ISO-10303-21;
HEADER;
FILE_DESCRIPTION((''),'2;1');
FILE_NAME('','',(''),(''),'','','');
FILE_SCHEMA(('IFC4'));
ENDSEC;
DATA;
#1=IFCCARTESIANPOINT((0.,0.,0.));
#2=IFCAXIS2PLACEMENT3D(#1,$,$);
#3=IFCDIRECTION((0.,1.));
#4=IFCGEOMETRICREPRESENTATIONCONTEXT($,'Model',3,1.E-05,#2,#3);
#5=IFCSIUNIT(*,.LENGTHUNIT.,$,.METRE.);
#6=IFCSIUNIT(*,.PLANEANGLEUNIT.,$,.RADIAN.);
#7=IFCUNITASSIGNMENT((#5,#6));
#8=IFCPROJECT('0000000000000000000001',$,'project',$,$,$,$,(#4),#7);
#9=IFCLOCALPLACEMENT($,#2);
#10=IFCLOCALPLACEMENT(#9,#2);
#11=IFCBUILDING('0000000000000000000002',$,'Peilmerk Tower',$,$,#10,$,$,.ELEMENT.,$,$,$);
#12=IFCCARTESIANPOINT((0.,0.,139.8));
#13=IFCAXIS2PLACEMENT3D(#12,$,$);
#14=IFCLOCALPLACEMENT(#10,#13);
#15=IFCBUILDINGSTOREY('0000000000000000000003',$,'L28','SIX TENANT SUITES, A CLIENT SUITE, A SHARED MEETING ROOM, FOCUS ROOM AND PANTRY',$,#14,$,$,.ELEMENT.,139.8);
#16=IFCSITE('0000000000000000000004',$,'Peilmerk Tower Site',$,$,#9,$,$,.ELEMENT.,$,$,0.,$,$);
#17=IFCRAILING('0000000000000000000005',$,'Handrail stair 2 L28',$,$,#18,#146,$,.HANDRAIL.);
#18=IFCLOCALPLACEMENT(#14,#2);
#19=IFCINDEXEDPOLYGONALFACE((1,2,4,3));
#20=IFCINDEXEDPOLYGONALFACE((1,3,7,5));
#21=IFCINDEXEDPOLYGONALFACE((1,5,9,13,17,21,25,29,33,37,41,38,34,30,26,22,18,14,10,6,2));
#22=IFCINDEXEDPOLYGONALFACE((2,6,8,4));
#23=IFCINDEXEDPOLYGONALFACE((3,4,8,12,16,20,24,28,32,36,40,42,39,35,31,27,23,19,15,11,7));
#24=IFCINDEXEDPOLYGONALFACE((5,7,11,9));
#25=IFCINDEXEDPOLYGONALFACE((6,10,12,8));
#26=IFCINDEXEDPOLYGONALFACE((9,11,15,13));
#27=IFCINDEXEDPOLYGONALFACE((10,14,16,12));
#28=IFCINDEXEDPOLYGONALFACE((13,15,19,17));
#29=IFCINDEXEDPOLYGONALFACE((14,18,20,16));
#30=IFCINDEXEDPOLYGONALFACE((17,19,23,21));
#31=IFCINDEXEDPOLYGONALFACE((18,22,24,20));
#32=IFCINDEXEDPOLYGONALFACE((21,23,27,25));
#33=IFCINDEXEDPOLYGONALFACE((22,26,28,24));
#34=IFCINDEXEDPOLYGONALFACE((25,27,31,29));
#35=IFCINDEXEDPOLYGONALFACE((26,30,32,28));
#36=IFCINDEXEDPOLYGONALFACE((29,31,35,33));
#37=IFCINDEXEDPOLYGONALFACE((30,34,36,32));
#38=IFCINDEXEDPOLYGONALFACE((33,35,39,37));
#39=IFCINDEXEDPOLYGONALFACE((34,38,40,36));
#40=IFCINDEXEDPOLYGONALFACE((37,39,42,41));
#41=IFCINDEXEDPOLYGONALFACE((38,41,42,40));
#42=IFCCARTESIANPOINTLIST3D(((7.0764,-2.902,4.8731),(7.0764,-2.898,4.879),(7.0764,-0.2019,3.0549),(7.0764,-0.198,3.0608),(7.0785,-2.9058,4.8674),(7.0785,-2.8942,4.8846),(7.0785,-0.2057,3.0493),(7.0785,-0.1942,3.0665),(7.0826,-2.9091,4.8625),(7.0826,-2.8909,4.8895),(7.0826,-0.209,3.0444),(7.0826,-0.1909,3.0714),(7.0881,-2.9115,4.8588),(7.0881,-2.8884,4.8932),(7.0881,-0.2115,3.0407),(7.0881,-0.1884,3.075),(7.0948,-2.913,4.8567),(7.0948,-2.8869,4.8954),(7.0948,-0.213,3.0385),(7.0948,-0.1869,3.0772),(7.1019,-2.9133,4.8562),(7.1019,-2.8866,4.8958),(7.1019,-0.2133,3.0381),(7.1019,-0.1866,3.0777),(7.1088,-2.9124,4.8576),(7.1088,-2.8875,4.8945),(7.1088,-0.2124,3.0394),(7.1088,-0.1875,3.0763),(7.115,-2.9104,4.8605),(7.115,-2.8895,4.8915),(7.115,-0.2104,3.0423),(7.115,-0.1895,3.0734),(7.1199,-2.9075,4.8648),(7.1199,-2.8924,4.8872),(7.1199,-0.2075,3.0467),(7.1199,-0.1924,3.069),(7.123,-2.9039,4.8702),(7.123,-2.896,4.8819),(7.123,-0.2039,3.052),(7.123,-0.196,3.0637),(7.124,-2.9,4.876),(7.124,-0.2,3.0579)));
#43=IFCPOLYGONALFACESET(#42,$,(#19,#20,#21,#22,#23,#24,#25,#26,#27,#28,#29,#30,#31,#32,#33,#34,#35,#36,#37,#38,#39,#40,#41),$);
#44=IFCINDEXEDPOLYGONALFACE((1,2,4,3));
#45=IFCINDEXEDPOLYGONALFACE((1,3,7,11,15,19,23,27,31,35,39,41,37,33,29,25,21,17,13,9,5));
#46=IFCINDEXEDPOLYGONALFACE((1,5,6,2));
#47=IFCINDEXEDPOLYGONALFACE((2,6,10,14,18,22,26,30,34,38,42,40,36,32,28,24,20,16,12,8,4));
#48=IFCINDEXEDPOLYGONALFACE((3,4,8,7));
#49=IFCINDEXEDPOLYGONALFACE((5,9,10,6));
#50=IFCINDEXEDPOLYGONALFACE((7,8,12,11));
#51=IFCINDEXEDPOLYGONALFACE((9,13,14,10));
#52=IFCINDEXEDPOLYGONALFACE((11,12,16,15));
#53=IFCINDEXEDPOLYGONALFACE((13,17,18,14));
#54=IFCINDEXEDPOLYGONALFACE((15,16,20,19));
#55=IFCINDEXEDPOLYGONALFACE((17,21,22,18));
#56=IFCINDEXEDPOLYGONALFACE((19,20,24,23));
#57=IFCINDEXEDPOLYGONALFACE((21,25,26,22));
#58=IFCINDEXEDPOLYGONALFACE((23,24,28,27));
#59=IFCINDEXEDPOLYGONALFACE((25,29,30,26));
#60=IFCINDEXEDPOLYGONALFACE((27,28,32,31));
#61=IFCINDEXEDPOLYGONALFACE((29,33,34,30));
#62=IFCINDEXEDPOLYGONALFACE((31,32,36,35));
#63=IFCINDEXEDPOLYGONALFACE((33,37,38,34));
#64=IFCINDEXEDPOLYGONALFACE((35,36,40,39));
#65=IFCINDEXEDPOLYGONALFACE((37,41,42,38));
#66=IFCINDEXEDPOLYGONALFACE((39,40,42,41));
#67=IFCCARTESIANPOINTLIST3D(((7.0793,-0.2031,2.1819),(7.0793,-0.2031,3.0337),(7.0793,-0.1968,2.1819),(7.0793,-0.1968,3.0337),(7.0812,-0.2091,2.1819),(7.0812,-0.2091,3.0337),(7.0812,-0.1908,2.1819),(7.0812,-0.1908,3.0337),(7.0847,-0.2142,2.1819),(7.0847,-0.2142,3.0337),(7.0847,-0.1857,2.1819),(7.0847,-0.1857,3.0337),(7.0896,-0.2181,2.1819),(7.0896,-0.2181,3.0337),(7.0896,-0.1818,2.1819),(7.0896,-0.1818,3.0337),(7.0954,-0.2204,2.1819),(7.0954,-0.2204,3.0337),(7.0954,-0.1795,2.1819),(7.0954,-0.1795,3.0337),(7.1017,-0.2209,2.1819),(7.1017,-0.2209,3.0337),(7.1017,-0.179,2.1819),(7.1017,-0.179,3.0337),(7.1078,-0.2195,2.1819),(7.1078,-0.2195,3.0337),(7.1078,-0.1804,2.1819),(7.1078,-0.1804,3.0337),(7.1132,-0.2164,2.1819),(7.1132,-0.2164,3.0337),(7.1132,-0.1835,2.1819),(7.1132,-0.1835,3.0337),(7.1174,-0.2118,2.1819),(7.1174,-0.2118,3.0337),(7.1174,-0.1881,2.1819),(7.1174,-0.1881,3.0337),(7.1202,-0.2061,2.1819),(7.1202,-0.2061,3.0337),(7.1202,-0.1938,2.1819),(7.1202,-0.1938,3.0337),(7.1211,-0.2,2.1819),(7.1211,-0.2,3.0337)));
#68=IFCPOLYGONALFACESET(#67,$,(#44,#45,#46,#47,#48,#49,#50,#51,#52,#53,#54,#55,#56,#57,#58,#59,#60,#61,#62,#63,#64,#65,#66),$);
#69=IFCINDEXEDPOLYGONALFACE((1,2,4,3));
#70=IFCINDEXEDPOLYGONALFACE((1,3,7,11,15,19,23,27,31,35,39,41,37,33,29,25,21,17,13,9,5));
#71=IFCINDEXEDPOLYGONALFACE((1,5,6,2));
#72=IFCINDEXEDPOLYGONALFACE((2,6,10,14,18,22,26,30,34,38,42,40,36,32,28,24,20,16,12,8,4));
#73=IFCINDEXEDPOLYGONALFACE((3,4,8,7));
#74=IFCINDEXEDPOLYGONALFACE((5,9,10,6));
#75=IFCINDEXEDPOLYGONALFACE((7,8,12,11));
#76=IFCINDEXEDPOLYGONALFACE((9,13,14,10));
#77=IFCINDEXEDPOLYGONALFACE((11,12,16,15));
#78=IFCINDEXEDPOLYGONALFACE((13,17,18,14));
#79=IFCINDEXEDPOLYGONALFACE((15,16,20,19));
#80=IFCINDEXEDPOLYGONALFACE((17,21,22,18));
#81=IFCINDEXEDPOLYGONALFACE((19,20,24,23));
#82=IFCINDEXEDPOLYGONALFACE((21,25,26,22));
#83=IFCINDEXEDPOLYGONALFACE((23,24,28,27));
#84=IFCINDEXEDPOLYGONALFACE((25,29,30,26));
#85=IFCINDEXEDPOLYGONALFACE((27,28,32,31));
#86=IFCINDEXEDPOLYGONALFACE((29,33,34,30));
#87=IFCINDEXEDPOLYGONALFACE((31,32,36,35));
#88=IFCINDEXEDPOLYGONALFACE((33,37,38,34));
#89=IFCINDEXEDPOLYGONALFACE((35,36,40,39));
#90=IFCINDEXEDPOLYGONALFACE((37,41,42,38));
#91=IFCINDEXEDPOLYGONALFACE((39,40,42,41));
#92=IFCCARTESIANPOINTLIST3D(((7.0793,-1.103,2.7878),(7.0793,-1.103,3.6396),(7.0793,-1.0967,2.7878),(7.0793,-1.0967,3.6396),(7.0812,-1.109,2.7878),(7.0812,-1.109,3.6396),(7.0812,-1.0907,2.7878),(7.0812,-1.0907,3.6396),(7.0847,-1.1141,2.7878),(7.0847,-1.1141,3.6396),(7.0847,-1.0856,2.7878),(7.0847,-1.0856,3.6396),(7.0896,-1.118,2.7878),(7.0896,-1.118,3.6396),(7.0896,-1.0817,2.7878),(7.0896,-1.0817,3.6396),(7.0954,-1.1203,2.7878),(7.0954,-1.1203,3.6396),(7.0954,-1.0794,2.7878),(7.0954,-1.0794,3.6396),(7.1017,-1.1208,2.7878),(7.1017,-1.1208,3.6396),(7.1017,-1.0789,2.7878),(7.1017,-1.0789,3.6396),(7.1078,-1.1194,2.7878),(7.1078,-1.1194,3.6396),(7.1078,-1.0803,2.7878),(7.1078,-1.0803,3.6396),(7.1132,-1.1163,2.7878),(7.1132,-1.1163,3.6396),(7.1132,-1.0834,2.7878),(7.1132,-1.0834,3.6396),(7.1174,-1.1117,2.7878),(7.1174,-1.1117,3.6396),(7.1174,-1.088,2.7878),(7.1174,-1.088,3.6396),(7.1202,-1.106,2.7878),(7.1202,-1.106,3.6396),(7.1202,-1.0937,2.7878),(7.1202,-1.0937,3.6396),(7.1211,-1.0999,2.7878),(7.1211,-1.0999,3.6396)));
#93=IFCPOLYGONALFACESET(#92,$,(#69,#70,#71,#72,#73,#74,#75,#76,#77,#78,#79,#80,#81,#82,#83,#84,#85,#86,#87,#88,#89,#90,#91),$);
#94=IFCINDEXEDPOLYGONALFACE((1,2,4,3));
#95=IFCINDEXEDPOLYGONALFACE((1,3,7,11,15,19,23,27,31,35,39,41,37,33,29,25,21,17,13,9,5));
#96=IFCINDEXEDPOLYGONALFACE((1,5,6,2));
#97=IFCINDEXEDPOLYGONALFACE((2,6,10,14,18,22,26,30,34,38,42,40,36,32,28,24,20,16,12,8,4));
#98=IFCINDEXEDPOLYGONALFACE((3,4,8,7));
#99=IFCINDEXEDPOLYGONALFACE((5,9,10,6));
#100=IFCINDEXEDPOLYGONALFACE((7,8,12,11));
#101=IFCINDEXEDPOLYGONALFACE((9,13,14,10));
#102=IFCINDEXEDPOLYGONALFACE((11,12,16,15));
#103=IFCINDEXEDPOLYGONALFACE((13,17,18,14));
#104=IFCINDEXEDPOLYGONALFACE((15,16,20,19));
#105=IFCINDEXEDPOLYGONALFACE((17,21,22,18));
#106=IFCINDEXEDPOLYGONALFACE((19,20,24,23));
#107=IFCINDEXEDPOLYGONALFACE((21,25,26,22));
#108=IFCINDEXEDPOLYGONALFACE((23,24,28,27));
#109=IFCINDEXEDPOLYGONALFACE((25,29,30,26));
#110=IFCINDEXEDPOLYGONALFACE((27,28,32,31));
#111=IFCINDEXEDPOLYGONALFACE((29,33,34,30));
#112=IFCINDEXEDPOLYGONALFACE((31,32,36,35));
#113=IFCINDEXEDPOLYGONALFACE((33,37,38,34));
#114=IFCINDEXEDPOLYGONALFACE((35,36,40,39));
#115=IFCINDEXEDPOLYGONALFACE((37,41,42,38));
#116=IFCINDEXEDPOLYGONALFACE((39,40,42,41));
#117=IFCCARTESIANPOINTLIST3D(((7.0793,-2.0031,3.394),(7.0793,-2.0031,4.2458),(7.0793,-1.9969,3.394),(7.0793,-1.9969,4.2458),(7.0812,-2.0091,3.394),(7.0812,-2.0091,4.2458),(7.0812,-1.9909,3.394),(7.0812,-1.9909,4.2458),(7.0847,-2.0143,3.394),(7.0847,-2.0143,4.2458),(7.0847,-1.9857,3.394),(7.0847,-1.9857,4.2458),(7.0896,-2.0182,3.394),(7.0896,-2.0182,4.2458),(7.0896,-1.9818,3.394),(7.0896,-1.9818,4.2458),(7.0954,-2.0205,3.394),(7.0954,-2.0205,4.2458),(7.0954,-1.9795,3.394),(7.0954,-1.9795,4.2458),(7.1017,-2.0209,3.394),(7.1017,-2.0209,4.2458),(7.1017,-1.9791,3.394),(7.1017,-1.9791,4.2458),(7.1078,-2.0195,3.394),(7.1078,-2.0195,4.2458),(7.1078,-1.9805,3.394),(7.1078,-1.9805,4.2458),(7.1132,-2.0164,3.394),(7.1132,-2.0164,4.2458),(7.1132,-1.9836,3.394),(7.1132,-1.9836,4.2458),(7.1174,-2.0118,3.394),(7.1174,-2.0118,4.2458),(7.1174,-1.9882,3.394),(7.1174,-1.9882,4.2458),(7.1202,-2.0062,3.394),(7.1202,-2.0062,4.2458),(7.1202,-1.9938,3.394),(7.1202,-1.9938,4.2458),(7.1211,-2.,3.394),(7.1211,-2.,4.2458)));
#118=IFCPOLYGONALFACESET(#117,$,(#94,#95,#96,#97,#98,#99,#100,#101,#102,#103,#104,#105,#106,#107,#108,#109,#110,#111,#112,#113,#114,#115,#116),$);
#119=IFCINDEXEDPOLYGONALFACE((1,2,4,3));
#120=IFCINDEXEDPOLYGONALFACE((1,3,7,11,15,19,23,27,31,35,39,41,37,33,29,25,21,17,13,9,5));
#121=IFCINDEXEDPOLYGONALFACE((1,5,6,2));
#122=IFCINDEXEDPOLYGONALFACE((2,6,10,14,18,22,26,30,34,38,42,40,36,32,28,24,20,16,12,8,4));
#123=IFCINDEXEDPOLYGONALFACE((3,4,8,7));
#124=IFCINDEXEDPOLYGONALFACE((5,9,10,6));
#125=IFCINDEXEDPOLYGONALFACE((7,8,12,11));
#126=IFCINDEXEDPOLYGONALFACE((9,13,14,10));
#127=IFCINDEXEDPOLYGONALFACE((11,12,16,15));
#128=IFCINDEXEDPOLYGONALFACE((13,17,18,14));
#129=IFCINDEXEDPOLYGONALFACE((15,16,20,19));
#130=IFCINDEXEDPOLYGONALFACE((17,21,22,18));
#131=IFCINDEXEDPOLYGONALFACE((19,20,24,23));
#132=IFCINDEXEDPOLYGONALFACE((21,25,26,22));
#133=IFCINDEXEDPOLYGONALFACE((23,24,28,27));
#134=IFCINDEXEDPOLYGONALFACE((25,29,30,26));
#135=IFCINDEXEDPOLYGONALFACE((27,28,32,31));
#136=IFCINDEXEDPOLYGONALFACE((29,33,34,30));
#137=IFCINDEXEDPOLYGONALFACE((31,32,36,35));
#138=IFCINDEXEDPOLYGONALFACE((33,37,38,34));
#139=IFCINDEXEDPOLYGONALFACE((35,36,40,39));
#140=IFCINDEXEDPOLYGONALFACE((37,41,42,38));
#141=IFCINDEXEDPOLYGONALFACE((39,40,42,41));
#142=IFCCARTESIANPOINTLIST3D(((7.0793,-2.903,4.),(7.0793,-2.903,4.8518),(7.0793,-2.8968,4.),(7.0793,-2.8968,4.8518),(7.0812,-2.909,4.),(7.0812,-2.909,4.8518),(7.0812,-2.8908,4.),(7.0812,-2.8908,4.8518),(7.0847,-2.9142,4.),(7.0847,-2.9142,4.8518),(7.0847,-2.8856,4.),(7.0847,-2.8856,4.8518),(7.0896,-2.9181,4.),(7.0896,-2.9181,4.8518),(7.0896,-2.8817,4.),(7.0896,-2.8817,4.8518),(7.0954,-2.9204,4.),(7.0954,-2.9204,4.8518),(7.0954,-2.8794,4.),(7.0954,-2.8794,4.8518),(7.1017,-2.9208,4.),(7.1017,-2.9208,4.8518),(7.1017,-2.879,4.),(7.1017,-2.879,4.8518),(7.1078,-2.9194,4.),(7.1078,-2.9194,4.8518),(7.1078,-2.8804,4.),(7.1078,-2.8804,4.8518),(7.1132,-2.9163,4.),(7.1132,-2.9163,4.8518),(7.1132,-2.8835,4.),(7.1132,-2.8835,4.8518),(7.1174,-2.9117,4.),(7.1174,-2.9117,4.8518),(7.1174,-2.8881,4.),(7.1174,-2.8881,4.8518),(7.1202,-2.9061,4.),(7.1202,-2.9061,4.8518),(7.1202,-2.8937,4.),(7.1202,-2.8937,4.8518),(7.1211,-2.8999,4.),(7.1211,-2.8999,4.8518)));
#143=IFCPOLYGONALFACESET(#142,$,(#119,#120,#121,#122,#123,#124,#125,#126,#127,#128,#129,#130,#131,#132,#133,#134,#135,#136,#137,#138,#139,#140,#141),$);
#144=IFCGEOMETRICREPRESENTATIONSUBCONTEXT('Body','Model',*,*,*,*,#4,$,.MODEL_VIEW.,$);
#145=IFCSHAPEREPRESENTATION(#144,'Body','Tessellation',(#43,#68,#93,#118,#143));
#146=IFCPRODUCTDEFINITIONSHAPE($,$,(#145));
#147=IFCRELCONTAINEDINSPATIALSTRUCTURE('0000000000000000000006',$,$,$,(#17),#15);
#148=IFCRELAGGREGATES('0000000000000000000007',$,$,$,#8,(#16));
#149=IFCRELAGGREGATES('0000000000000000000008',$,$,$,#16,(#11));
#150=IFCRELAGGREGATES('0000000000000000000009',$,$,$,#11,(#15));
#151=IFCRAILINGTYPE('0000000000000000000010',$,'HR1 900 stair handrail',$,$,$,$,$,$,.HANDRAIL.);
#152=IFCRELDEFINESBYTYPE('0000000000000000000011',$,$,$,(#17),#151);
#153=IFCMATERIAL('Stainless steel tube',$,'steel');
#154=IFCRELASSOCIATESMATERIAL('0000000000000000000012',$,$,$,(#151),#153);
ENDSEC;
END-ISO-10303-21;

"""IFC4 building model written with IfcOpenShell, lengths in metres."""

from ifc_helpers import new_model, si_unit, direction, frame, origin, origin_2d, place, context, subcontext, project, spatial, circle, extrude, material, type_object, element, save


model = new_model("IFC4")

# Units and contexts
model_context = context("Model", 3, precision=1e-05, world=origin(), true_north=direction((0.0, 1.0)))
body_context = subcontext(model_context, "Body", "Model", "MODEL_VIEW")
ifc_project = project(units=[si_unit("LENGTHUNIT", "METRE"), si_unit("PLANEANGLEUNIT", "RADIAN")], contexts=[model_context])

# Site, building, storey
site_placement = place(None, origin())
site = spatial("IfcSite", under=ifc_project, at=site_placement, Name="Peilmerk Tower Site", CompositionType="ELEMENT", RefElevation=0.0)
building_placement = place(site_placement, origin())
building = spatial("IfcBuilding", under=site, at=building_placement, Name="Peilmerk Tower", CompositionType="ELEMENT")
storey_placement = place(building_placement, frame((0.0, 0.0, 139.8)))
storey = spatial("IfcBuildingStorey", under=building, at=storey_placement, Name="L28", Description="SIX TENANT SUITES, A CLIENT SUITE, A SHARED MEETING ROOM, FOCUS ROOM AND PANTRY", CompositionType="ELEMENT", Elevation=139.8)

# Railing
ifc_material_1 = material(Name="Stainless steel tube", Category="steel")
railing_type_1 = type_object("IfcRailingType", Name="HR1 900 stair handrail", PredefinedType="HANDRAIL", material=ifc_material_1)
railing_1_placement = place(storey_placement, frame((7.1001, -0.2, 2.1819)))
element("IfcRailing", 1, at=railing_1_placement, inside=storey, type_object=railing_type_1, Name="Handrail stair 2 L28", PredefinedType="HANDRAIL", context=body_context, shape_type="SweptSolid", body=[
    extrude(circle(Radius=0.0239, at=origin_2d()), frame((0.0, 0.0, 0.876), z_axis=(0.0, -0.829468, 0.558554), x_axis=(1.0, 0.0, 0.0)), (0.0, 0.0, 1.0), 3.2551),
    extrude(circle(Radius=0.021, at=origin_2d()), origin(), (0.0, 0.0, 1.0), 0.8518),
    extrude(circle(Radius=0.021, at=origin_2d()), frame((0.0, -0.8999, 0.606)), (0.0, 0.0, 1.0), 0.8518),
    extrude(circle(Radius=0.021, at=origin_2d()), frame((0.0, -1.8, 1.2122)), (0.0, 0.0, 1.0), 0.8518),
    extrude(circle(Radius=0.021, at=origin_2d()), frame((0.0, -2.7, 1.8181)), (0.0, 0.0, 1.0), 0.8518),
])

save(model, "model.ifc")
